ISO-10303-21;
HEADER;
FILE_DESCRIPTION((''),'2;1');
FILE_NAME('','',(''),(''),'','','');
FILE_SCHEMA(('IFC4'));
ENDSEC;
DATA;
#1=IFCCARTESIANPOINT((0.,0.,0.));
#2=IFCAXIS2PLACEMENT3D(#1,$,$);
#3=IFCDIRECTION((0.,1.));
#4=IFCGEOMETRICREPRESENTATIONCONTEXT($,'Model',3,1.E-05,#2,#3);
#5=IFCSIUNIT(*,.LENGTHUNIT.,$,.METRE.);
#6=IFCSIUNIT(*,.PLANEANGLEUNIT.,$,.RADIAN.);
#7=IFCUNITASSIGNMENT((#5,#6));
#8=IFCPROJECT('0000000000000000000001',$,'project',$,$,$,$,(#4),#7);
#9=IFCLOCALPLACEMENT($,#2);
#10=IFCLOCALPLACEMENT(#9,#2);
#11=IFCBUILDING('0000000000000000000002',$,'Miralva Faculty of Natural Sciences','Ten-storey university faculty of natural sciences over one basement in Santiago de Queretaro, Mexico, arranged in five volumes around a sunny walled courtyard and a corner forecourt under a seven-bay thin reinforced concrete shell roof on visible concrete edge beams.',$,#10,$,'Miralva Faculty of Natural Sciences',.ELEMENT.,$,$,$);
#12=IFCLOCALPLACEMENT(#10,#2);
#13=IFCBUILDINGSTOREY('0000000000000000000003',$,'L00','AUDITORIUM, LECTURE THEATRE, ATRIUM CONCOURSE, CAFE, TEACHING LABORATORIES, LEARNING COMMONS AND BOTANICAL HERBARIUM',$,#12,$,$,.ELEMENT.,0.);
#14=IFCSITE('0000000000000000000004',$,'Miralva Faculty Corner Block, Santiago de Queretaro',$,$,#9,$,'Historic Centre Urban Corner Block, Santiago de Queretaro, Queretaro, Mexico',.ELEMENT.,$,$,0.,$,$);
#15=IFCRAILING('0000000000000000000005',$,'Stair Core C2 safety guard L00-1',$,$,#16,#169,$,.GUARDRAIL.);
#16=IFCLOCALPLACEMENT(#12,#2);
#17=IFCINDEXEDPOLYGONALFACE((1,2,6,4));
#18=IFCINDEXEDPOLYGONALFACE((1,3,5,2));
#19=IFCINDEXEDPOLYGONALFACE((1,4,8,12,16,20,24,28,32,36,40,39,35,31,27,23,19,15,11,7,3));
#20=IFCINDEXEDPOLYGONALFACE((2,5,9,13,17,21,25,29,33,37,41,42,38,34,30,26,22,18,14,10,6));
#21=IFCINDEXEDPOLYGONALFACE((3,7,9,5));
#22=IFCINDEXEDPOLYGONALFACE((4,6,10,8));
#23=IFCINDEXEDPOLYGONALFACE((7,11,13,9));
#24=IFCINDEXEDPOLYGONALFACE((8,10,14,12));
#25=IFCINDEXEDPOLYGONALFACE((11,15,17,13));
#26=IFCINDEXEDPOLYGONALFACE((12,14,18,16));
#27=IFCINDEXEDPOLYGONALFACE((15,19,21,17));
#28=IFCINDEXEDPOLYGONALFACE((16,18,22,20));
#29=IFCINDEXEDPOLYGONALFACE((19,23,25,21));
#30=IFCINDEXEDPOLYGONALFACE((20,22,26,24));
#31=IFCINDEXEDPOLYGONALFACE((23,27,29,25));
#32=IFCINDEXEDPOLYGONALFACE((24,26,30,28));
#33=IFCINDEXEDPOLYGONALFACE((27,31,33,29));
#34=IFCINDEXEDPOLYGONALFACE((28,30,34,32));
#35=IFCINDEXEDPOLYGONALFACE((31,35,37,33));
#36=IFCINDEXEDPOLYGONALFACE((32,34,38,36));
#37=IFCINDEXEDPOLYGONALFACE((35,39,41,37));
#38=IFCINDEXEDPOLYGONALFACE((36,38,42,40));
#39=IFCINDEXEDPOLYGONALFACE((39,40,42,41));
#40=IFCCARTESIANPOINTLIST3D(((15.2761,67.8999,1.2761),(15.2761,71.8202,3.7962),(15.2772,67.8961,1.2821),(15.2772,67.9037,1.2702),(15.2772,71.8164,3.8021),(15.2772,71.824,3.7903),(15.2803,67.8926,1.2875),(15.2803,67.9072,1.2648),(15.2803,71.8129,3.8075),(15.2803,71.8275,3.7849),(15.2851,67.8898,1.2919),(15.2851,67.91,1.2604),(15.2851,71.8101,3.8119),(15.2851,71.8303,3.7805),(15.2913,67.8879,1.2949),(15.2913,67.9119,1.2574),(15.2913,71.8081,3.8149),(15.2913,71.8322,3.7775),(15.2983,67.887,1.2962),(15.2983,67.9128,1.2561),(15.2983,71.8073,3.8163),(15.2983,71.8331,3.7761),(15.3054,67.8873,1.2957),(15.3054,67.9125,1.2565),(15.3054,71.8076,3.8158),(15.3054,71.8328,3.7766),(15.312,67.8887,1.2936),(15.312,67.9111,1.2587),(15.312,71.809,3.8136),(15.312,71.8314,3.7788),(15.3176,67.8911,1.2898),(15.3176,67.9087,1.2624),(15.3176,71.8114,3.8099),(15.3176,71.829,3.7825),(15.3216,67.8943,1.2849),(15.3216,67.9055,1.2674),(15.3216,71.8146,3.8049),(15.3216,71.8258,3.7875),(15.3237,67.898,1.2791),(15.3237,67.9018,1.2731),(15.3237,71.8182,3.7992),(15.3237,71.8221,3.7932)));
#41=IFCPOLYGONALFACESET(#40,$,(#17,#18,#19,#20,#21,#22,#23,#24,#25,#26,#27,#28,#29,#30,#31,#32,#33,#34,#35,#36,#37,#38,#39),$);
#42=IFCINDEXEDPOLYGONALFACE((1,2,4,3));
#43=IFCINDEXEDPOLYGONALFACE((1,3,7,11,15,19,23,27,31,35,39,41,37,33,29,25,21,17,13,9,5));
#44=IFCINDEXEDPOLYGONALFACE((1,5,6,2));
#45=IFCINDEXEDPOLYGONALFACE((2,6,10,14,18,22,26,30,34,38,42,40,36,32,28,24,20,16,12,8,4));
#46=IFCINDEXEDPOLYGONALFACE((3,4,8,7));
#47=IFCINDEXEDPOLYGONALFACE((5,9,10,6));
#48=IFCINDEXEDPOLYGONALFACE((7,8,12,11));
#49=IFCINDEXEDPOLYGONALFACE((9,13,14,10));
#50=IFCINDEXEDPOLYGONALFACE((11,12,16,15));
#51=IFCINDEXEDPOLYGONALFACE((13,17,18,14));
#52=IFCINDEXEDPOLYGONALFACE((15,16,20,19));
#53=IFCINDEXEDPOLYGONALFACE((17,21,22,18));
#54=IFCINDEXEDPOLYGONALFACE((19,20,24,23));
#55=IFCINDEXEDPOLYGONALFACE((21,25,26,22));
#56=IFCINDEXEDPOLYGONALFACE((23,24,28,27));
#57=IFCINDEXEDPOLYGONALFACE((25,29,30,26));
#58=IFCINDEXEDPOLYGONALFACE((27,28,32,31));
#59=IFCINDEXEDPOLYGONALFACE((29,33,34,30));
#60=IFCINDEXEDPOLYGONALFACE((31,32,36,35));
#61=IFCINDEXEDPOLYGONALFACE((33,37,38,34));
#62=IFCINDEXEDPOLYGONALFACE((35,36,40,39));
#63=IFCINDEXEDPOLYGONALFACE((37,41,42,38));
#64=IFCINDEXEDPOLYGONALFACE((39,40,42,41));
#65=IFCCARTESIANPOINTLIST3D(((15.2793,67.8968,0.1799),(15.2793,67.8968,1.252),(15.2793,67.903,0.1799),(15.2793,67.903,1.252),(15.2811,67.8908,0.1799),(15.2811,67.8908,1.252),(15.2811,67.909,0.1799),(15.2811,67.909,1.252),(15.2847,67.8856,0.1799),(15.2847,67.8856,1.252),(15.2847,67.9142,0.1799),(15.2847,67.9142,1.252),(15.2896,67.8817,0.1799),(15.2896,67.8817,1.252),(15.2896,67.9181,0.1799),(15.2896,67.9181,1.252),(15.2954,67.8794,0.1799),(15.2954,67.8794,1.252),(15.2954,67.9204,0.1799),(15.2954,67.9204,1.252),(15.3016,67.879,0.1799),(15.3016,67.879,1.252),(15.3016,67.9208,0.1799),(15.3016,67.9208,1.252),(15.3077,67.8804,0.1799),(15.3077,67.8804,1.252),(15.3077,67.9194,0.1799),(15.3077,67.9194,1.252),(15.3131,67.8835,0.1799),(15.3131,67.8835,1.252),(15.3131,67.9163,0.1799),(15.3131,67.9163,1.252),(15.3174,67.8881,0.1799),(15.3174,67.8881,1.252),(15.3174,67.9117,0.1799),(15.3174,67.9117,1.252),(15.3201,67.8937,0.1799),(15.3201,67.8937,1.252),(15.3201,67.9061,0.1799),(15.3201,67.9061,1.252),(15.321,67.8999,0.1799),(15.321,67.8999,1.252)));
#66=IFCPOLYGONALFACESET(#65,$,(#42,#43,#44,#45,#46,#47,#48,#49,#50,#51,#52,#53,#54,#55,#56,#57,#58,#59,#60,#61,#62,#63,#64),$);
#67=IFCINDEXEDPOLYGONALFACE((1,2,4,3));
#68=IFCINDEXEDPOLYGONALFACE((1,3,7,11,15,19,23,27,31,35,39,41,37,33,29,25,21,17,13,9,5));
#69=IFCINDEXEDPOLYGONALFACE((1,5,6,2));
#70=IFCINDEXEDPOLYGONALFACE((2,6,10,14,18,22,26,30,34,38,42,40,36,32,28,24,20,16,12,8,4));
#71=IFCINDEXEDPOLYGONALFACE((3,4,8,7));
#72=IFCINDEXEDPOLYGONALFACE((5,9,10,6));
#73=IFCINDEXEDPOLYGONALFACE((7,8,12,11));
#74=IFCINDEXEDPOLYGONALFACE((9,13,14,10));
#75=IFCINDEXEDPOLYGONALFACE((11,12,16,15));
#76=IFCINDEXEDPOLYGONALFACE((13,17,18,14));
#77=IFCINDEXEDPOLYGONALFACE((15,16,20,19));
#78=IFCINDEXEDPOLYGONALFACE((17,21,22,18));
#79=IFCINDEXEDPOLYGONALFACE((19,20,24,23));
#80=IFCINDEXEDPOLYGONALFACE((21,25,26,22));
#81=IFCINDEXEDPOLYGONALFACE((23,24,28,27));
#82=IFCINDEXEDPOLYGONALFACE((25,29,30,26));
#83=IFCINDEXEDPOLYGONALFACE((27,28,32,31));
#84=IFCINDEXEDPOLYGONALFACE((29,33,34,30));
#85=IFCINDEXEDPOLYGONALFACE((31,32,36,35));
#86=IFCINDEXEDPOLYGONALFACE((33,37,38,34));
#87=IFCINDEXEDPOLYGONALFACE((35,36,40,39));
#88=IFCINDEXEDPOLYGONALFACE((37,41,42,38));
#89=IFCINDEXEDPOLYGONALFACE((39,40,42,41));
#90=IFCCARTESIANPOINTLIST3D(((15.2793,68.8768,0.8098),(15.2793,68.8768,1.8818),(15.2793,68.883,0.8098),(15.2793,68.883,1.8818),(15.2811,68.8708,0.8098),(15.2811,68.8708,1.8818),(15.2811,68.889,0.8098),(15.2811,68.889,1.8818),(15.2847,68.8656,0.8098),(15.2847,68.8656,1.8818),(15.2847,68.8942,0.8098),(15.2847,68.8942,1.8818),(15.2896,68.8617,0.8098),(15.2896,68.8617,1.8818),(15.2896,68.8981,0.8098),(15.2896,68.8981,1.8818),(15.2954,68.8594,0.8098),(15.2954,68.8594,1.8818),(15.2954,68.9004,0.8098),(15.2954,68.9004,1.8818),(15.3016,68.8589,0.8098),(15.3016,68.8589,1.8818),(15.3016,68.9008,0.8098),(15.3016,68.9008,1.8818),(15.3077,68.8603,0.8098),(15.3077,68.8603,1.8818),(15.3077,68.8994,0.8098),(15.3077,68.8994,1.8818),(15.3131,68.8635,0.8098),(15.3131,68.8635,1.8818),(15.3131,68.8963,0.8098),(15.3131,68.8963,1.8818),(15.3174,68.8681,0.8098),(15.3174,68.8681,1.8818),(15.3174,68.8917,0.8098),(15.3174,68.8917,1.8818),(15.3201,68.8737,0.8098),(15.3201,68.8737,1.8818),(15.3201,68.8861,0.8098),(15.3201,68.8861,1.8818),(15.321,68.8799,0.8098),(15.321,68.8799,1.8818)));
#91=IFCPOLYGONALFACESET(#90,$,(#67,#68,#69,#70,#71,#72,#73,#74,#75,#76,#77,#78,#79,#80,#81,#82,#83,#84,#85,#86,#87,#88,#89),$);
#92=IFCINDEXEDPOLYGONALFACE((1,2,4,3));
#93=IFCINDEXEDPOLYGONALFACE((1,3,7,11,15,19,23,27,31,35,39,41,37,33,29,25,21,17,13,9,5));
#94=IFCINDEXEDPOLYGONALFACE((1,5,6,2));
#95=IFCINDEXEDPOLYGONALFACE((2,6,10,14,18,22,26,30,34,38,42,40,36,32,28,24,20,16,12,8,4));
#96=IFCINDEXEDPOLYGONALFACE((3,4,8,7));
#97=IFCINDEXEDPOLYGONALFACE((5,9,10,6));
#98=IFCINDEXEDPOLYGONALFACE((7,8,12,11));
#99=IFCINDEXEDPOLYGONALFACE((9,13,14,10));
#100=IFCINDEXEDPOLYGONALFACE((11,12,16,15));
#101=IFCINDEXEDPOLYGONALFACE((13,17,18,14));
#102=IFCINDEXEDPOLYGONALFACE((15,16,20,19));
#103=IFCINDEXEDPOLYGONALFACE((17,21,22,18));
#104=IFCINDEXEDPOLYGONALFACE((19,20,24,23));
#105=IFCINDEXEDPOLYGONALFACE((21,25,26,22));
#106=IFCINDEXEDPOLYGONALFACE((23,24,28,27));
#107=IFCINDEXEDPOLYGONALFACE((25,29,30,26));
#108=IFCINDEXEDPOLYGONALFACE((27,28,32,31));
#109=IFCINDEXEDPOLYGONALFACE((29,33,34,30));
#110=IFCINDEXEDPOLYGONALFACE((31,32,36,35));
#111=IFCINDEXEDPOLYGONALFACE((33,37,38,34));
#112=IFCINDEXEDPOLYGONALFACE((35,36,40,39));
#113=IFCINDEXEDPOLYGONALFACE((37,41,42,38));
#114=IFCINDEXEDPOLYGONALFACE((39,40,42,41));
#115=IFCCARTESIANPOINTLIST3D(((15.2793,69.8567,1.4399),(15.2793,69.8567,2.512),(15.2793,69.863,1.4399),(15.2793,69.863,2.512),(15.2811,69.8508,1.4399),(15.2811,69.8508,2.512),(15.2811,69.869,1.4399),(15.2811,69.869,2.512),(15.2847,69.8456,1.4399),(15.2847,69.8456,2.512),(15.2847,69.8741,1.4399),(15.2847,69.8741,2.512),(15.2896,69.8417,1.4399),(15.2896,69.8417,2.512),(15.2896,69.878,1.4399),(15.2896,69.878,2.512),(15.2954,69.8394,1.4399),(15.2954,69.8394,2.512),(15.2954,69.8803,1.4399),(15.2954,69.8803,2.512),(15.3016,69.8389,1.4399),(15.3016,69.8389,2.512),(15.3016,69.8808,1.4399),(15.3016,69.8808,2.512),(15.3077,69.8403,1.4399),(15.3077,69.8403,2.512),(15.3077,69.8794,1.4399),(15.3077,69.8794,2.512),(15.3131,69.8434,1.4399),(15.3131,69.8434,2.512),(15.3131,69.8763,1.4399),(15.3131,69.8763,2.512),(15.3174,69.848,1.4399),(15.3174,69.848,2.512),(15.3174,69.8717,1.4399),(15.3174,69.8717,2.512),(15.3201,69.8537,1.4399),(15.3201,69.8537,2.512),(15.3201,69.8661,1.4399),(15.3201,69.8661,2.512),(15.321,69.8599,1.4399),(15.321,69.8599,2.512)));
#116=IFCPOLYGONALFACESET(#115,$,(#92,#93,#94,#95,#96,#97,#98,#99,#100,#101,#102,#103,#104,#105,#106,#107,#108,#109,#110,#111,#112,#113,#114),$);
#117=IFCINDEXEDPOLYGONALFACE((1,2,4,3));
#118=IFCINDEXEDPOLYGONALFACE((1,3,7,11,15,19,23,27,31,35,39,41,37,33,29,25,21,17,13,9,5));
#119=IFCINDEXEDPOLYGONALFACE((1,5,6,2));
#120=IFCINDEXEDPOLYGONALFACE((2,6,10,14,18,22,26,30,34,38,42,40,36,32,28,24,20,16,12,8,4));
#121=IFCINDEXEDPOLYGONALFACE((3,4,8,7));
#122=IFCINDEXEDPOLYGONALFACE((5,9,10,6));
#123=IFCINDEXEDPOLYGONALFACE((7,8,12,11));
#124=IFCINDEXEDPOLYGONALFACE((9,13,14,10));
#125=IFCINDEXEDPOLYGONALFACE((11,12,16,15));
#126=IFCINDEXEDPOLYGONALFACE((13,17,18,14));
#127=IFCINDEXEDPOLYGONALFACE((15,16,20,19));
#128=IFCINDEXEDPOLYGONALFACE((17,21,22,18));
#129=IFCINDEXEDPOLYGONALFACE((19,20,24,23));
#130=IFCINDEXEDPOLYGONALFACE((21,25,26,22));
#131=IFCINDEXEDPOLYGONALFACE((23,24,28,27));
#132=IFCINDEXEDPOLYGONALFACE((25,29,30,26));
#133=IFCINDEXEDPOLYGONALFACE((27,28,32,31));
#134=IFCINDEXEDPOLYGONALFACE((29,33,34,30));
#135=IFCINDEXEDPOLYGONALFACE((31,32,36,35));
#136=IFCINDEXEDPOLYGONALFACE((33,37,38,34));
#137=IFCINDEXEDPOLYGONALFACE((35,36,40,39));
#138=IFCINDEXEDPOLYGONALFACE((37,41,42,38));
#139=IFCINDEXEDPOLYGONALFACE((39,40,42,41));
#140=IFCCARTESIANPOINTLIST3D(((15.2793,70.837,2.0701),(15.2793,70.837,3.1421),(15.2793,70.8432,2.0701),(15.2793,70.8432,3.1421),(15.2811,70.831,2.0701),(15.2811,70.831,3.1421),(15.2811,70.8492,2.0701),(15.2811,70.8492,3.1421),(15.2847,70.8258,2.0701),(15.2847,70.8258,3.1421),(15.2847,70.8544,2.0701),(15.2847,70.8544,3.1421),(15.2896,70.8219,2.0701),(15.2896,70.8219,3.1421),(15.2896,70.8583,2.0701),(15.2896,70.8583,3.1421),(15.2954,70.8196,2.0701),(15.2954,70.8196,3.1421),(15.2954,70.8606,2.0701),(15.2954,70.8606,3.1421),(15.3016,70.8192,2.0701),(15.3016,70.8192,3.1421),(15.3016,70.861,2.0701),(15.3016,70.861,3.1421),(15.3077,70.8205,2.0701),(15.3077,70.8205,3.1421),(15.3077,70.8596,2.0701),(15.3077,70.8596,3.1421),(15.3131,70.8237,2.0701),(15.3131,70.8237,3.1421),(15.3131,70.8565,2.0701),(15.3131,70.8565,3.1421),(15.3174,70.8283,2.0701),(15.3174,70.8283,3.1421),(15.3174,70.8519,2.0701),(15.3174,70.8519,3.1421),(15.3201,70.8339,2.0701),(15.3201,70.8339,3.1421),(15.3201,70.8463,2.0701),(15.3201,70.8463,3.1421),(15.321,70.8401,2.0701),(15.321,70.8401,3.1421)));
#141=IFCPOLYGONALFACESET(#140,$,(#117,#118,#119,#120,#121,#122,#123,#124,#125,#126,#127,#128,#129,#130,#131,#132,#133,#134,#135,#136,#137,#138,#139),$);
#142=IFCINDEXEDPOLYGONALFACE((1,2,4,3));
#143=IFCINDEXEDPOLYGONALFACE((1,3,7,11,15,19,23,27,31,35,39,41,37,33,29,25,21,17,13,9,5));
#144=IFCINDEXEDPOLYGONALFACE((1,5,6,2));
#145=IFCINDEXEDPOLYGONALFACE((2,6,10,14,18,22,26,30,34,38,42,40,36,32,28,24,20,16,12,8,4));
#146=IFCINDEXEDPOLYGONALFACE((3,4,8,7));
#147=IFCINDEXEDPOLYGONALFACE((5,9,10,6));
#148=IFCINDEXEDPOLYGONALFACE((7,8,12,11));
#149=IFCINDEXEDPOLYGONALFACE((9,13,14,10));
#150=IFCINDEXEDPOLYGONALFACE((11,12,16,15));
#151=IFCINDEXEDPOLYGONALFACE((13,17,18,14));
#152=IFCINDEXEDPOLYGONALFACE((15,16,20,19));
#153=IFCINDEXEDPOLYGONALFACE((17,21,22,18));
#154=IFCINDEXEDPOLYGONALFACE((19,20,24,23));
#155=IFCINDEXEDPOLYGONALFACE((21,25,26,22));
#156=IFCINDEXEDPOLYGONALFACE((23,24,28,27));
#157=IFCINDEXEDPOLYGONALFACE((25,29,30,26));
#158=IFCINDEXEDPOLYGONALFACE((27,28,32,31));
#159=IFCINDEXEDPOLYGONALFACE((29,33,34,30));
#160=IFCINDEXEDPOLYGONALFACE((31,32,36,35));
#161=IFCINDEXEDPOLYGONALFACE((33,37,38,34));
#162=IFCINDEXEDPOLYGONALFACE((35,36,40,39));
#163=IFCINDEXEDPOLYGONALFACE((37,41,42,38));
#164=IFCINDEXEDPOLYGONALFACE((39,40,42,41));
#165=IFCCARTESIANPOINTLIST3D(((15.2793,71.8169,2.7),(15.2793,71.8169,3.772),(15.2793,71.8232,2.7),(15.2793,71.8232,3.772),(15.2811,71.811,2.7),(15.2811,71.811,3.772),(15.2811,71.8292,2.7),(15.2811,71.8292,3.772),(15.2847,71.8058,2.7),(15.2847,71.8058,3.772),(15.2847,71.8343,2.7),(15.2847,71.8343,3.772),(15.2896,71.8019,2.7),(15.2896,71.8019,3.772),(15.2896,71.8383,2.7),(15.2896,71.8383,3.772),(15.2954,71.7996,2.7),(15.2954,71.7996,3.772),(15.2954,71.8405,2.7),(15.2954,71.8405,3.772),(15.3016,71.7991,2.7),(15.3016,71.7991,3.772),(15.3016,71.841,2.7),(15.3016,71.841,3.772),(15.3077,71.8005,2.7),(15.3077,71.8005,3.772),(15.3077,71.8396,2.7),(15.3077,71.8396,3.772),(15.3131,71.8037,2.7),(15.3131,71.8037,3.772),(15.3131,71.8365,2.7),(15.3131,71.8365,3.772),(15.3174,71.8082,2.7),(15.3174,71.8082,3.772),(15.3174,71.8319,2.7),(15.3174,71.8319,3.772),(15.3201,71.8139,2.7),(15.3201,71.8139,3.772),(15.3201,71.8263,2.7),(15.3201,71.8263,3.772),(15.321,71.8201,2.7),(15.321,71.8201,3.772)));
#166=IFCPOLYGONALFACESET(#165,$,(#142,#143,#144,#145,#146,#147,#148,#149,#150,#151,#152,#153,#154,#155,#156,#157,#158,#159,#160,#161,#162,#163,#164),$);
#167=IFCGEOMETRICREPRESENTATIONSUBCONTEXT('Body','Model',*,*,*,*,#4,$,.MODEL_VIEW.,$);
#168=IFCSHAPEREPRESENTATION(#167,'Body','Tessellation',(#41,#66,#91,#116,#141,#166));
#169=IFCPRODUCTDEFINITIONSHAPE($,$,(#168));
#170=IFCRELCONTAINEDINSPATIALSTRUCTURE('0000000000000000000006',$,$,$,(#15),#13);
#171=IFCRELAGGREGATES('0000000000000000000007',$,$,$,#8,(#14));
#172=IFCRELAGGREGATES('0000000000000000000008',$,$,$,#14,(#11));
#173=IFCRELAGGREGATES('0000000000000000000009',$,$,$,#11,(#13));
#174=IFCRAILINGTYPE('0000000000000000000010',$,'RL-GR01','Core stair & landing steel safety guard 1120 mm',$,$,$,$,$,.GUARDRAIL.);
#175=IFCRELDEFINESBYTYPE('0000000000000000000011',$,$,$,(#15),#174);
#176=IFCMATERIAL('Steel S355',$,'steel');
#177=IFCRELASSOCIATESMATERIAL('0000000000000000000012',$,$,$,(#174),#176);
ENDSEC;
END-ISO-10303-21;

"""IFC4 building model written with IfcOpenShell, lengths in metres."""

from ifc_helpers import new_model, si_unit, direction, frame, origin, origin_2d, place, context, subcontext, project, spatial, circle, extrude, material, type_object, element, save


model = new_model("IFC4")

# Units and contexts
model_context = context("Model", 3, precision=1e-05, world=origin(), true_north=direction((0.0, 1.0)))
body_context = subcontext(model_context, "Body", "Model", "MODEL_VIEW")
ifc_project = project(units=[si_unit("LENGTHUNIT", "METRE"), si_unit("PLANEANGLEUNIT", "RADIAN")], contexts=[model_context])

# Site, building, storey
site_placement = place(None, origin())
site = spatial("IfcSite", under=ifc_project, at=site_placement, Name="Miralva Faculty Corner Block, Santiago de Queretaro", LongName="Historic Centre Urban Corner Block, Santiago de Queretaro, Queretaro, Mexico", CompositionType="ELEMENT", RefElevation=0.0)
building_placement = place(site_placement, origin())
building = spatial("IfcBuilding", under=site, at=building_placement, Name="Miralva Faculty of Natural Sciences", Description="Ten-storey university faculty of natural sciences over one basement in Santiago de Queretaro, Mexico, arranged in five volumes around a sunny walled courtyard and a corner forecourt under a seven-bay thin reinforced concrete shell roof on visible concrete edge beams.", LongName="Miralva Faculty of Natural Sciences", CompositionType="ELEMENT")
storey_placement = place(building_placement, origin())
storey = spatial("IfcBuildingStorey", under=building, at=storey_placement, Name="L00", Description="AUDITORIUM, LECTURE THEATRE, ATRIUM CONCOURSE, CAFE, TEACHING LABORATORIES, LEARNING COMMONS AND BOTANICAL HERBARIUM", CompositionType="ELEMENT", Elevation=0.0)

# Railing
ifc_material_1 = material(Name="Steel S355", Category="steel")
railing_type_1 = type_object("IfcRailingType", Name="RL-GR01", Description="Core stair & landing steel safety guard 1120 mm", PredefinedType="GUARDRAIL", material=ifc_material_1)
railing_1_placement = place(storey_placement, frame((15.3, 67.8999, 0.1799)))
element("IfcRailing", 1, at=railing_1_placement, inside=storey, type_object=railing_type_1, Name="Stair Core C2 safety guard L00-1", PredefinedType="GUARDRAIL", context=body_context, shape_type="SweptSolid", body=[
    extrude(circle(Radius=0.0239, at=origin_2d()), frame((0.0, 0.0, 1.0962), z_axis=(0.0, 0.841187, 0.540744), x_axis=(-1.0, 0.0, 0.0)), (0.0, 0.0, 1.0), 4.6604),
    extrude(circle(Radius=0.021, at=origin_2d()), origin(), (0.0, 0.0, 1.0), 1.072),
    extrude(circle(Radius=0.021, at=origin_2d()), frame((0.0, 0.98, 0.6299)), (0.0, 0.0, 1.0), 1.072),
    extrude(circle(Radius=0.021, at=origin_2d()), frame((0.0, 1.96, 1.26)), (0.0, 0.0, 1.0), 1.072),
    extrude(circle(Radius=0.021, at=origin_2d()), frame((0.0, 2.9402, 1.8901)), (0.0, 0.0, 1.0), 1.072),
    extrude(circle(Radius=0.021, at=origin_2d()), frame((0.0, 3.9202, 2.52)), (0.0, 0.0, 1.0), 1.072),
])

save(model, "model.ifc")
